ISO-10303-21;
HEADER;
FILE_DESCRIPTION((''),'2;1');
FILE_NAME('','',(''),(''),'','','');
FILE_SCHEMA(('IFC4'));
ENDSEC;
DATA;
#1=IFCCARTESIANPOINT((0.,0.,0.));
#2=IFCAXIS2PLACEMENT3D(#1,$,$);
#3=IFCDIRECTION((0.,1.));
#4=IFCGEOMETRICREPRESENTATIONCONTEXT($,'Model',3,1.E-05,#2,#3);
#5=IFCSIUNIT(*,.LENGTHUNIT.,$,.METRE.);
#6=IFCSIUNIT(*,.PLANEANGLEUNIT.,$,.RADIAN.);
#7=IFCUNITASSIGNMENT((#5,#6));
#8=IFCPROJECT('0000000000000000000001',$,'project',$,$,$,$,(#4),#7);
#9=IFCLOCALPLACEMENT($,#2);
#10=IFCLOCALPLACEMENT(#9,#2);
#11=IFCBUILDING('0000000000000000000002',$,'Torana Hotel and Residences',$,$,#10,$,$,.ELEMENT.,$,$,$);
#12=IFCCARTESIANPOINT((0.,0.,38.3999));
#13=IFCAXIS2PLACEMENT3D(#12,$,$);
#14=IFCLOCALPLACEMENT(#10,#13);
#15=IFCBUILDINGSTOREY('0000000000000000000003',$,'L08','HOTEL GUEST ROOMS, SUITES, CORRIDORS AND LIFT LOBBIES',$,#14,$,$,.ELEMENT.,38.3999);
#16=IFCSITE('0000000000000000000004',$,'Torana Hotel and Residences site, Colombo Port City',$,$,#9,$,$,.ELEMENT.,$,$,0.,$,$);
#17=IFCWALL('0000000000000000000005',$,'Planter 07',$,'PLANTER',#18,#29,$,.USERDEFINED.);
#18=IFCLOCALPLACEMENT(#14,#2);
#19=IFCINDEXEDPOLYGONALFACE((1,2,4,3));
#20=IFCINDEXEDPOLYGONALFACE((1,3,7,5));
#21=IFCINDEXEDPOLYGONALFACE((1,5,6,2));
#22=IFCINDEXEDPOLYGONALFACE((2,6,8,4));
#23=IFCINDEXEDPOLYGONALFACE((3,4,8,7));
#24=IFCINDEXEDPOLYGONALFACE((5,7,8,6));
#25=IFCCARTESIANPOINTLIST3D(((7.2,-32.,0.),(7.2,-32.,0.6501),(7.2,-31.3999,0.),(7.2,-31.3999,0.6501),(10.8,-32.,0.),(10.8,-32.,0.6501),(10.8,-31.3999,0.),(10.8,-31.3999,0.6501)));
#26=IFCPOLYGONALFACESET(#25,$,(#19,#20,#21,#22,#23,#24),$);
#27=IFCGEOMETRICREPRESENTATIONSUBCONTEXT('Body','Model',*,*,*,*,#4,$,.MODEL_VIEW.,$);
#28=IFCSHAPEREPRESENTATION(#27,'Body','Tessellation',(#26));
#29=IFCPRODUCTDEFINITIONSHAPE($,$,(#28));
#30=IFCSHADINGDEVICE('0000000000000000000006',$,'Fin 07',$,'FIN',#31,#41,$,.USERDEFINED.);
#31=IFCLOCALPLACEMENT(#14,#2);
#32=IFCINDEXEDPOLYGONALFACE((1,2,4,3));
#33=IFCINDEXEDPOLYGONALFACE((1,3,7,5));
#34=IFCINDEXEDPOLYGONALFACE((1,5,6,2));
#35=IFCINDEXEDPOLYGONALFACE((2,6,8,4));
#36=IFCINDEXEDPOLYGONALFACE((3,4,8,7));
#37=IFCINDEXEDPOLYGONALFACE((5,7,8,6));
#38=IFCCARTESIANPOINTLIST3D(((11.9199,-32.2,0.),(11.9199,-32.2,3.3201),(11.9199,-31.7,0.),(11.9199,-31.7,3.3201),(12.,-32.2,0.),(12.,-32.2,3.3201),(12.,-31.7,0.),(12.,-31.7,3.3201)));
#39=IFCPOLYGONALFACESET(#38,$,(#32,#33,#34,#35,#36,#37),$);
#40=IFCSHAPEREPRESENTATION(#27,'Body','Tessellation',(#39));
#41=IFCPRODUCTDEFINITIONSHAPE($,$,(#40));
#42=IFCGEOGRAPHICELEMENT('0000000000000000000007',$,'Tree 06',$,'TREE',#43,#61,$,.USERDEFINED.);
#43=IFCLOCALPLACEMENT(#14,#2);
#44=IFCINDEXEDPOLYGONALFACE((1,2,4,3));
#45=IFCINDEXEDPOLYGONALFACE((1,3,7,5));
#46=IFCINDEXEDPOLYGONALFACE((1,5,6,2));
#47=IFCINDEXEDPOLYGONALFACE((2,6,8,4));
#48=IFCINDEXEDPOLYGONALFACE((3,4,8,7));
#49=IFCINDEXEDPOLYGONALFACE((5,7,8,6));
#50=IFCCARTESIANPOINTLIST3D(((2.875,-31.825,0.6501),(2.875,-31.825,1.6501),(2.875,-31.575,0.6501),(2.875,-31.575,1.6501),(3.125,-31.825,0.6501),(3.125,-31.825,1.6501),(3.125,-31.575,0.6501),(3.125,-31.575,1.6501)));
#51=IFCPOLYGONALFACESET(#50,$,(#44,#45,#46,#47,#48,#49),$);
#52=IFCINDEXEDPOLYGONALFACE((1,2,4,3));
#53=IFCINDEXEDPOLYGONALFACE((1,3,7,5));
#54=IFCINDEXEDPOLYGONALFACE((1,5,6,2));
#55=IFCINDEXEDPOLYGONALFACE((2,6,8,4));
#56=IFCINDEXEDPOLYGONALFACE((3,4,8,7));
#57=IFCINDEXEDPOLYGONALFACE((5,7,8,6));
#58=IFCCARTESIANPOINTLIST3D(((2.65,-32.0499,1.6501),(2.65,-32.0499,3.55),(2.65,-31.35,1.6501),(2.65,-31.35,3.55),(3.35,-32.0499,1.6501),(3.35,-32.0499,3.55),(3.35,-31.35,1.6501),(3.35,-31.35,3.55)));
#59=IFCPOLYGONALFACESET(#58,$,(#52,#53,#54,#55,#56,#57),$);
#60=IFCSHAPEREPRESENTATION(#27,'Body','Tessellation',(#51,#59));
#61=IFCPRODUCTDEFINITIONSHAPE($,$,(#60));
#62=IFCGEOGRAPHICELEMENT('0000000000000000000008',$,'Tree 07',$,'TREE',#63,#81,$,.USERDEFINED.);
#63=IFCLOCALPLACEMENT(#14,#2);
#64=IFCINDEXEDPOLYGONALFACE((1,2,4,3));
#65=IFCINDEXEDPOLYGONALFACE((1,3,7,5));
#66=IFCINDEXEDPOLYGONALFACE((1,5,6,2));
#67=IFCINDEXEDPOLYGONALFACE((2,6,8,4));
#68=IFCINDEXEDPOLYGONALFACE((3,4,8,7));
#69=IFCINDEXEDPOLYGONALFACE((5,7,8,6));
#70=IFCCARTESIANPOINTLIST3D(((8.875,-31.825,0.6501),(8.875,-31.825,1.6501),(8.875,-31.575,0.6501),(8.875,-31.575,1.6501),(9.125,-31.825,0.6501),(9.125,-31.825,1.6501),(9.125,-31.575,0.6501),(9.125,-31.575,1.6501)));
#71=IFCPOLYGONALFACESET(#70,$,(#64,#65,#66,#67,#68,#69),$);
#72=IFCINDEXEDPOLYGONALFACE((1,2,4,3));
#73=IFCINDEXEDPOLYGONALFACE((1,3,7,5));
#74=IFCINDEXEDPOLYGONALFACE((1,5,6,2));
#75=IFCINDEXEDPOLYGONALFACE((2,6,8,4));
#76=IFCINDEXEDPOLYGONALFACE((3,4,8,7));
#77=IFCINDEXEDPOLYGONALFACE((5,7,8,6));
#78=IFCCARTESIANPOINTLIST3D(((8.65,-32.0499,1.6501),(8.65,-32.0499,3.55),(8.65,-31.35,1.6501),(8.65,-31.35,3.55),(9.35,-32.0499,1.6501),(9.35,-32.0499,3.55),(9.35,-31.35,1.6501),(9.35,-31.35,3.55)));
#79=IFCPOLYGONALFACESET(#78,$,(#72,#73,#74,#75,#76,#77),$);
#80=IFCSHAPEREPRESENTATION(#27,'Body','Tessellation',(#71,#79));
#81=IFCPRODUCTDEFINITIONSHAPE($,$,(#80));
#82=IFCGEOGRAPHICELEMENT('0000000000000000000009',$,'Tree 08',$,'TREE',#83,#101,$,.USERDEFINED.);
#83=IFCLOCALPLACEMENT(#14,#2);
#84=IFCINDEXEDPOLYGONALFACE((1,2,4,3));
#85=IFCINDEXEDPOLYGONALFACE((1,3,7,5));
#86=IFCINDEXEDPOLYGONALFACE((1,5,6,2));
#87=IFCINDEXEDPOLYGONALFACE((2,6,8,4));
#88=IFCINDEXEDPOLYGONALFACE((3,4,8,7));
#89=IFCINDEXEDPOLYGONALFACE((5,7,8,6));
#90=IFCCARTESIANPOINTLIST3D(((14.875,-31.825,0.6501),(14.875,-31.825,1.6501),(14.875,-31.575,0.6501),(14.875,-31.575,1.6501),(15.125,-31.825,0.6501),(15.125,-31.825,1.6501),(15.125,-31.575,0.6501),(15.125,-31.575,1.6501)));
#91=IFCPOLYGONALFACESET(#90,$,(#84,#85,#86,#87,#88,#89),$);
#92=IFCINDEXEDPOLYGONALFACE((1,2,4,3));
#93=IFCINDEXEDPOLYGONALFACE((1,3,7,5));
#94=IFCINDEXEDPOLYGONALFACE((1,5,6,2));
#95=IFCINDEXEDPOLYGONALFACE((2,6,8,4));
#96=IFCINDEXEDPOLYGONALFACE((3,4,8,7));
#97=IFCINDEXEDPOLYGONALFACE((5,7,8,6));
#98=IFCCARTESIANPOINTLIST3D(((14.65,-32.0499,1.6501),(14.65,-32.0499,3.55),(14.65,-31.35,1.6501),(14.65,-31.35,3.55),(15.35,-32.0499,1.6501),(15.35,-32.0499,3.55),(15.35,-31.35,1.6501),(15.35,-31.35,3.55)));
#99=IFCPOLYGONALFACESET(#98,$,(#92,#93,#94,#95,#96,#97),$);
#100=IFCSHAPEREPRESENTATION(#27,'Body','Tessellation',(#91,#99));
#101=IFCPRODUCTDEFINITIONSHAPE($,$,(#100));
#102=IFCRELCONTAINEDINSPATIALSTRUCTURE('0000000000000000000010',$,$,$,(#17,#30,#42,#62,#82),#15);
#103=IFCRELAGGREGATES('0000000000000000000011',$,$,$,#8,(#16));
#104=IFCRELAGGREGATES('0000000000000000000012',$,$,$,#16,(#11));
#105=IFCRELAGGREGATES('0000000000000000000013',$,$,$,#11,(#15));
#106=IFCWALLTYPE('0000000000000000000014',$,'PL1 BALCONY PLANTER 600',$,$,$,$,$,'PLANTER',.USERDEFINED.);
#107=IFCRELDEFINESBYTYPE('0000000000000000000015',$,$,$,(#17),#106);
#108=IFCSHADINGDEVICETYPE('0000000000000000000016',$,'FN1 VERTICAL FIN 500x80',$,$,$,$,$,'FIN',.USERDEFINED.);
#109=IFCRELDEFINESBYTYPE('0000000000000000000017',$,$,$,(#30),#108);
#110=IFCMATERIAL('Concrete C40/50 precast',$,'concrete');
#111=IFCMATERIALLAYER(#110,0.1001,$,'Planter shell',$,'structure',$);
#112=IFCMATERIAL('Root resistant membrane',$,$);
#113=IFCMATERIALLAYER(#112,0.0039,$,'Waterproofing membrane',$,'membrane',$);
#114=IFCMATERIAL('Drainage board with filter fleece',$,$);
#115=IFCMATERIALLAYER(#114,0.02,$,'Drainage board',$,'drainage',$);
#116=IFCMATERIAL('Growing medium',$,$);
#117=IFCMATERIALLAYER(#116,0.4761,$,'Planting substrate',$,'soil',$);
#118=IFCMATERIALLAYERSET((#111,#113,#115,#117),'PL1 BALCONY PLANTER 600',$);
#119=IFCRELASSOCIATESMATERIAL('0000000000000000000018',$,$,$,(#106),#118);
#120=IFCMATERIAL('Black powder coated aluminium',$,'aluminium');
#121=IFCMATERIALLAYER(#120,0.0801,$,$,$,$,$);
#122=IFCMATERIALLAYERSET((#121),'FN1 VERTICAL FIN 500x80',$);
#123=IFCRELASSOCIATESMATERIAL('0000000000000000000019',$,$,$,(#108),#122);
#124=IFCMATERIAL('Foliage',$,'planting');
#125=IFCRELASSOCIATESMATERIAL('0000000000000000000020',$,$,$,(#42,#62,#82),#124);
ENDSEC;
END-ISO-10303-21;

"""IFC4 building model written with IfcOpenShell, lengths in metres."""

from ifc_helpers import new_model, si_unit, direction, frame, frame_2d, origin, origin_2d, place, context, subcontext, project, spatial, rectangle, extrude, material, layer, layer_set, type_object, element, save


model = new_model("IFC4")

# Units and contexts
model_context = context("Model", 3, precision=1e-05, world=origin(), true_north=direction((0.0, 1.0)))
body_context = subcontext(model_context, "Body", "Model", "MODEL_VIEW")
ifc_project = project(units=[si_unit("LENGTHUNIT", "METRE"), si_unit("PLANEANGLEUNIT", "RADIAN")], contexts=[model_context])

# Site, building, storey
site_placement = place(None, origin())
site = spatial("IfcSite", under=ifc_project, at=site_placement, Name="Torana Hotel and Residences site, Colombo Port City", CompositionType="ELEMENT", RefElevation=0.0)
building_placement = place(site_placement, origin())
building = spatial("IfcBuilding", under=site, at=building_placement, Name="Torana Hotel and Residences", CompositionType="ELEMENT")
storey_placement = place(building_placement, frame((0.0, 0.0, 38.3999)))
storey = spatial("IfcBuildingStorey", under=building, at=storey_placement, Name="L08", Description="HOTEL GUEST ROOMS, SUITES, CORRIDORS AND LIFT LOBBIES", CompositionType="ELEMENT", Elevation=38.3999)

# Wall
ifc_material_1 = material(Name="Concrete C40/50 precast", Category="concrete")
ifc_layer_1 = layer(ifc_material_1, 0.1001, Name="Planter shell", Category="structure")
ifc_material_2 = material(Name="Root resistant membrane")
ifc_layer_2 = layer(ifc_material_2, 0.0039, Name="Waterproofing membrane", Category="membrane")
ifc_material_3 = material(Name="Drainage board with filter fleece")
ifc_layer_3 = layer(ifc_material_3, 0.02, Name="Drainage board", Category="drainage")
ifc_material_4 = material(Name="Growing medium")
ifc_layer_4 = layer(ifc_material_4, 0.4761, Name="Planting substrate", Category="soil")
ifc_layer_set_1 = layer_set([ifc_layer_1, ifc_layer_2, ifc_layer_3, ifc_layer_4], Name="PL1 BALCONY PLANTER 600")
wall_type_1 = type_object("IfcWallType", Name="PL1 BALCONY PLANTER 600", ElementType="PLANTER", PredefinedType="USERDEFINED", material=ifc_layer_set_1)
for number, where, z_axis, x_axis, name in (
    (1, (10.8, -31.7, 0.0), (0.0, 0.0, 1.0), (-1.0, 0.0, 0.0), "Planter 07"),
):
    element("IfcWall", number, at=place(storey_placement, frame(where, z_axis=z_axis, x_axis=x_axis)), inside=storey, type_object=wall_type_1, Name=name, ObjectType="PLANTER", PredefinedType="USERDEFINED", context=body_context, shape_type="SweptSolid", body=[
        extrude(rectangle(XDim=3.6001, YDim=0.6001, at=frame_2d((1.8, 0.0))), origin(), (0.0, 0.0, 1.0), 0.6501),
    ])

# Shading device
ifc_material_5 = material(Name="Black powder coated aluminium", Category="aluminium")
ifc_layer_5 = layer(ifc_material_5, 0.0801)
ifc_layer_set_2 = layer_set([ifc_layer_5], Name="FN1 VERTICAL FIN 500x80")
shading_device_type = type_object("IfcShadingDeviceType", Name="FN1 VERTICAL FIN 500x80", ElementType="FIN", PredefinedType="USERDEFINED", material=ifc_layer_set_2)
shading_device_placement = place(storey_placement, frame((11.96, -31.95, 0.0), z_axis=(0.0, 0.0, 1.0), x_axis=(-1.0, 0.0, 0.0)))
element("IfcShadingDevice", 2, at=shading_device_placement, inside=storey, type_object=shading_device_type, Name="Fin 07", ObjectType="FIN", PredefinedType="USERDEFINED", context=body_context, shape_type="SweptSolid", body=[
    extrude(rectangle(XDim=0.0801, YDim=0.5, at=origin_2d()), origin(), (0.0, 0.0, 1.0), 3.3201),
])

# Geographic elements
ifc_material_6 = material(Name="Foliage", Category="planting")
for number, where, z_axis, x_axis, name in (
    (3, (3.0, -31.7, 0.6501), (0.0, 0.0, 1.0), (1.0, 0.0, 0.0), "Tree 06"),
    (4, (9.0, -31.7, 0.6501), (0.0, 0.0, 1.0), (1.0, 0.0, 0.0), "Tree 07"),
    (5, (15.0, -31.7, 0.6501), (0.0, 0.0, 1.0), (1.0, 0.0, 0.0), "Tree 08"),
):
    element("IfcGeographicElement", number, at=place(storey_placement, frame(where, z_axis=z_axis, x_axis=x_axis)), inside=storey, material=ifc_material_6, Name=name, ObjectType="TREE", PredefinedType="USERDEFINED", context=body_context, shape_type="SweptSolid", body=[
        extrude(rectangle(XDim=0.25, YDim=0.25, at=origin_2d()), origin(), (0.0, 0.0, 1.0), 1.0),
        extrude(rectangle(XDim=0.7, YDim=0.7, at=origin_2d()), frame((0.0, 0.0, 1.0)), (0.0, 0.0, 1.0), 1.8999),
    ])

save(model, "model.ifc")
